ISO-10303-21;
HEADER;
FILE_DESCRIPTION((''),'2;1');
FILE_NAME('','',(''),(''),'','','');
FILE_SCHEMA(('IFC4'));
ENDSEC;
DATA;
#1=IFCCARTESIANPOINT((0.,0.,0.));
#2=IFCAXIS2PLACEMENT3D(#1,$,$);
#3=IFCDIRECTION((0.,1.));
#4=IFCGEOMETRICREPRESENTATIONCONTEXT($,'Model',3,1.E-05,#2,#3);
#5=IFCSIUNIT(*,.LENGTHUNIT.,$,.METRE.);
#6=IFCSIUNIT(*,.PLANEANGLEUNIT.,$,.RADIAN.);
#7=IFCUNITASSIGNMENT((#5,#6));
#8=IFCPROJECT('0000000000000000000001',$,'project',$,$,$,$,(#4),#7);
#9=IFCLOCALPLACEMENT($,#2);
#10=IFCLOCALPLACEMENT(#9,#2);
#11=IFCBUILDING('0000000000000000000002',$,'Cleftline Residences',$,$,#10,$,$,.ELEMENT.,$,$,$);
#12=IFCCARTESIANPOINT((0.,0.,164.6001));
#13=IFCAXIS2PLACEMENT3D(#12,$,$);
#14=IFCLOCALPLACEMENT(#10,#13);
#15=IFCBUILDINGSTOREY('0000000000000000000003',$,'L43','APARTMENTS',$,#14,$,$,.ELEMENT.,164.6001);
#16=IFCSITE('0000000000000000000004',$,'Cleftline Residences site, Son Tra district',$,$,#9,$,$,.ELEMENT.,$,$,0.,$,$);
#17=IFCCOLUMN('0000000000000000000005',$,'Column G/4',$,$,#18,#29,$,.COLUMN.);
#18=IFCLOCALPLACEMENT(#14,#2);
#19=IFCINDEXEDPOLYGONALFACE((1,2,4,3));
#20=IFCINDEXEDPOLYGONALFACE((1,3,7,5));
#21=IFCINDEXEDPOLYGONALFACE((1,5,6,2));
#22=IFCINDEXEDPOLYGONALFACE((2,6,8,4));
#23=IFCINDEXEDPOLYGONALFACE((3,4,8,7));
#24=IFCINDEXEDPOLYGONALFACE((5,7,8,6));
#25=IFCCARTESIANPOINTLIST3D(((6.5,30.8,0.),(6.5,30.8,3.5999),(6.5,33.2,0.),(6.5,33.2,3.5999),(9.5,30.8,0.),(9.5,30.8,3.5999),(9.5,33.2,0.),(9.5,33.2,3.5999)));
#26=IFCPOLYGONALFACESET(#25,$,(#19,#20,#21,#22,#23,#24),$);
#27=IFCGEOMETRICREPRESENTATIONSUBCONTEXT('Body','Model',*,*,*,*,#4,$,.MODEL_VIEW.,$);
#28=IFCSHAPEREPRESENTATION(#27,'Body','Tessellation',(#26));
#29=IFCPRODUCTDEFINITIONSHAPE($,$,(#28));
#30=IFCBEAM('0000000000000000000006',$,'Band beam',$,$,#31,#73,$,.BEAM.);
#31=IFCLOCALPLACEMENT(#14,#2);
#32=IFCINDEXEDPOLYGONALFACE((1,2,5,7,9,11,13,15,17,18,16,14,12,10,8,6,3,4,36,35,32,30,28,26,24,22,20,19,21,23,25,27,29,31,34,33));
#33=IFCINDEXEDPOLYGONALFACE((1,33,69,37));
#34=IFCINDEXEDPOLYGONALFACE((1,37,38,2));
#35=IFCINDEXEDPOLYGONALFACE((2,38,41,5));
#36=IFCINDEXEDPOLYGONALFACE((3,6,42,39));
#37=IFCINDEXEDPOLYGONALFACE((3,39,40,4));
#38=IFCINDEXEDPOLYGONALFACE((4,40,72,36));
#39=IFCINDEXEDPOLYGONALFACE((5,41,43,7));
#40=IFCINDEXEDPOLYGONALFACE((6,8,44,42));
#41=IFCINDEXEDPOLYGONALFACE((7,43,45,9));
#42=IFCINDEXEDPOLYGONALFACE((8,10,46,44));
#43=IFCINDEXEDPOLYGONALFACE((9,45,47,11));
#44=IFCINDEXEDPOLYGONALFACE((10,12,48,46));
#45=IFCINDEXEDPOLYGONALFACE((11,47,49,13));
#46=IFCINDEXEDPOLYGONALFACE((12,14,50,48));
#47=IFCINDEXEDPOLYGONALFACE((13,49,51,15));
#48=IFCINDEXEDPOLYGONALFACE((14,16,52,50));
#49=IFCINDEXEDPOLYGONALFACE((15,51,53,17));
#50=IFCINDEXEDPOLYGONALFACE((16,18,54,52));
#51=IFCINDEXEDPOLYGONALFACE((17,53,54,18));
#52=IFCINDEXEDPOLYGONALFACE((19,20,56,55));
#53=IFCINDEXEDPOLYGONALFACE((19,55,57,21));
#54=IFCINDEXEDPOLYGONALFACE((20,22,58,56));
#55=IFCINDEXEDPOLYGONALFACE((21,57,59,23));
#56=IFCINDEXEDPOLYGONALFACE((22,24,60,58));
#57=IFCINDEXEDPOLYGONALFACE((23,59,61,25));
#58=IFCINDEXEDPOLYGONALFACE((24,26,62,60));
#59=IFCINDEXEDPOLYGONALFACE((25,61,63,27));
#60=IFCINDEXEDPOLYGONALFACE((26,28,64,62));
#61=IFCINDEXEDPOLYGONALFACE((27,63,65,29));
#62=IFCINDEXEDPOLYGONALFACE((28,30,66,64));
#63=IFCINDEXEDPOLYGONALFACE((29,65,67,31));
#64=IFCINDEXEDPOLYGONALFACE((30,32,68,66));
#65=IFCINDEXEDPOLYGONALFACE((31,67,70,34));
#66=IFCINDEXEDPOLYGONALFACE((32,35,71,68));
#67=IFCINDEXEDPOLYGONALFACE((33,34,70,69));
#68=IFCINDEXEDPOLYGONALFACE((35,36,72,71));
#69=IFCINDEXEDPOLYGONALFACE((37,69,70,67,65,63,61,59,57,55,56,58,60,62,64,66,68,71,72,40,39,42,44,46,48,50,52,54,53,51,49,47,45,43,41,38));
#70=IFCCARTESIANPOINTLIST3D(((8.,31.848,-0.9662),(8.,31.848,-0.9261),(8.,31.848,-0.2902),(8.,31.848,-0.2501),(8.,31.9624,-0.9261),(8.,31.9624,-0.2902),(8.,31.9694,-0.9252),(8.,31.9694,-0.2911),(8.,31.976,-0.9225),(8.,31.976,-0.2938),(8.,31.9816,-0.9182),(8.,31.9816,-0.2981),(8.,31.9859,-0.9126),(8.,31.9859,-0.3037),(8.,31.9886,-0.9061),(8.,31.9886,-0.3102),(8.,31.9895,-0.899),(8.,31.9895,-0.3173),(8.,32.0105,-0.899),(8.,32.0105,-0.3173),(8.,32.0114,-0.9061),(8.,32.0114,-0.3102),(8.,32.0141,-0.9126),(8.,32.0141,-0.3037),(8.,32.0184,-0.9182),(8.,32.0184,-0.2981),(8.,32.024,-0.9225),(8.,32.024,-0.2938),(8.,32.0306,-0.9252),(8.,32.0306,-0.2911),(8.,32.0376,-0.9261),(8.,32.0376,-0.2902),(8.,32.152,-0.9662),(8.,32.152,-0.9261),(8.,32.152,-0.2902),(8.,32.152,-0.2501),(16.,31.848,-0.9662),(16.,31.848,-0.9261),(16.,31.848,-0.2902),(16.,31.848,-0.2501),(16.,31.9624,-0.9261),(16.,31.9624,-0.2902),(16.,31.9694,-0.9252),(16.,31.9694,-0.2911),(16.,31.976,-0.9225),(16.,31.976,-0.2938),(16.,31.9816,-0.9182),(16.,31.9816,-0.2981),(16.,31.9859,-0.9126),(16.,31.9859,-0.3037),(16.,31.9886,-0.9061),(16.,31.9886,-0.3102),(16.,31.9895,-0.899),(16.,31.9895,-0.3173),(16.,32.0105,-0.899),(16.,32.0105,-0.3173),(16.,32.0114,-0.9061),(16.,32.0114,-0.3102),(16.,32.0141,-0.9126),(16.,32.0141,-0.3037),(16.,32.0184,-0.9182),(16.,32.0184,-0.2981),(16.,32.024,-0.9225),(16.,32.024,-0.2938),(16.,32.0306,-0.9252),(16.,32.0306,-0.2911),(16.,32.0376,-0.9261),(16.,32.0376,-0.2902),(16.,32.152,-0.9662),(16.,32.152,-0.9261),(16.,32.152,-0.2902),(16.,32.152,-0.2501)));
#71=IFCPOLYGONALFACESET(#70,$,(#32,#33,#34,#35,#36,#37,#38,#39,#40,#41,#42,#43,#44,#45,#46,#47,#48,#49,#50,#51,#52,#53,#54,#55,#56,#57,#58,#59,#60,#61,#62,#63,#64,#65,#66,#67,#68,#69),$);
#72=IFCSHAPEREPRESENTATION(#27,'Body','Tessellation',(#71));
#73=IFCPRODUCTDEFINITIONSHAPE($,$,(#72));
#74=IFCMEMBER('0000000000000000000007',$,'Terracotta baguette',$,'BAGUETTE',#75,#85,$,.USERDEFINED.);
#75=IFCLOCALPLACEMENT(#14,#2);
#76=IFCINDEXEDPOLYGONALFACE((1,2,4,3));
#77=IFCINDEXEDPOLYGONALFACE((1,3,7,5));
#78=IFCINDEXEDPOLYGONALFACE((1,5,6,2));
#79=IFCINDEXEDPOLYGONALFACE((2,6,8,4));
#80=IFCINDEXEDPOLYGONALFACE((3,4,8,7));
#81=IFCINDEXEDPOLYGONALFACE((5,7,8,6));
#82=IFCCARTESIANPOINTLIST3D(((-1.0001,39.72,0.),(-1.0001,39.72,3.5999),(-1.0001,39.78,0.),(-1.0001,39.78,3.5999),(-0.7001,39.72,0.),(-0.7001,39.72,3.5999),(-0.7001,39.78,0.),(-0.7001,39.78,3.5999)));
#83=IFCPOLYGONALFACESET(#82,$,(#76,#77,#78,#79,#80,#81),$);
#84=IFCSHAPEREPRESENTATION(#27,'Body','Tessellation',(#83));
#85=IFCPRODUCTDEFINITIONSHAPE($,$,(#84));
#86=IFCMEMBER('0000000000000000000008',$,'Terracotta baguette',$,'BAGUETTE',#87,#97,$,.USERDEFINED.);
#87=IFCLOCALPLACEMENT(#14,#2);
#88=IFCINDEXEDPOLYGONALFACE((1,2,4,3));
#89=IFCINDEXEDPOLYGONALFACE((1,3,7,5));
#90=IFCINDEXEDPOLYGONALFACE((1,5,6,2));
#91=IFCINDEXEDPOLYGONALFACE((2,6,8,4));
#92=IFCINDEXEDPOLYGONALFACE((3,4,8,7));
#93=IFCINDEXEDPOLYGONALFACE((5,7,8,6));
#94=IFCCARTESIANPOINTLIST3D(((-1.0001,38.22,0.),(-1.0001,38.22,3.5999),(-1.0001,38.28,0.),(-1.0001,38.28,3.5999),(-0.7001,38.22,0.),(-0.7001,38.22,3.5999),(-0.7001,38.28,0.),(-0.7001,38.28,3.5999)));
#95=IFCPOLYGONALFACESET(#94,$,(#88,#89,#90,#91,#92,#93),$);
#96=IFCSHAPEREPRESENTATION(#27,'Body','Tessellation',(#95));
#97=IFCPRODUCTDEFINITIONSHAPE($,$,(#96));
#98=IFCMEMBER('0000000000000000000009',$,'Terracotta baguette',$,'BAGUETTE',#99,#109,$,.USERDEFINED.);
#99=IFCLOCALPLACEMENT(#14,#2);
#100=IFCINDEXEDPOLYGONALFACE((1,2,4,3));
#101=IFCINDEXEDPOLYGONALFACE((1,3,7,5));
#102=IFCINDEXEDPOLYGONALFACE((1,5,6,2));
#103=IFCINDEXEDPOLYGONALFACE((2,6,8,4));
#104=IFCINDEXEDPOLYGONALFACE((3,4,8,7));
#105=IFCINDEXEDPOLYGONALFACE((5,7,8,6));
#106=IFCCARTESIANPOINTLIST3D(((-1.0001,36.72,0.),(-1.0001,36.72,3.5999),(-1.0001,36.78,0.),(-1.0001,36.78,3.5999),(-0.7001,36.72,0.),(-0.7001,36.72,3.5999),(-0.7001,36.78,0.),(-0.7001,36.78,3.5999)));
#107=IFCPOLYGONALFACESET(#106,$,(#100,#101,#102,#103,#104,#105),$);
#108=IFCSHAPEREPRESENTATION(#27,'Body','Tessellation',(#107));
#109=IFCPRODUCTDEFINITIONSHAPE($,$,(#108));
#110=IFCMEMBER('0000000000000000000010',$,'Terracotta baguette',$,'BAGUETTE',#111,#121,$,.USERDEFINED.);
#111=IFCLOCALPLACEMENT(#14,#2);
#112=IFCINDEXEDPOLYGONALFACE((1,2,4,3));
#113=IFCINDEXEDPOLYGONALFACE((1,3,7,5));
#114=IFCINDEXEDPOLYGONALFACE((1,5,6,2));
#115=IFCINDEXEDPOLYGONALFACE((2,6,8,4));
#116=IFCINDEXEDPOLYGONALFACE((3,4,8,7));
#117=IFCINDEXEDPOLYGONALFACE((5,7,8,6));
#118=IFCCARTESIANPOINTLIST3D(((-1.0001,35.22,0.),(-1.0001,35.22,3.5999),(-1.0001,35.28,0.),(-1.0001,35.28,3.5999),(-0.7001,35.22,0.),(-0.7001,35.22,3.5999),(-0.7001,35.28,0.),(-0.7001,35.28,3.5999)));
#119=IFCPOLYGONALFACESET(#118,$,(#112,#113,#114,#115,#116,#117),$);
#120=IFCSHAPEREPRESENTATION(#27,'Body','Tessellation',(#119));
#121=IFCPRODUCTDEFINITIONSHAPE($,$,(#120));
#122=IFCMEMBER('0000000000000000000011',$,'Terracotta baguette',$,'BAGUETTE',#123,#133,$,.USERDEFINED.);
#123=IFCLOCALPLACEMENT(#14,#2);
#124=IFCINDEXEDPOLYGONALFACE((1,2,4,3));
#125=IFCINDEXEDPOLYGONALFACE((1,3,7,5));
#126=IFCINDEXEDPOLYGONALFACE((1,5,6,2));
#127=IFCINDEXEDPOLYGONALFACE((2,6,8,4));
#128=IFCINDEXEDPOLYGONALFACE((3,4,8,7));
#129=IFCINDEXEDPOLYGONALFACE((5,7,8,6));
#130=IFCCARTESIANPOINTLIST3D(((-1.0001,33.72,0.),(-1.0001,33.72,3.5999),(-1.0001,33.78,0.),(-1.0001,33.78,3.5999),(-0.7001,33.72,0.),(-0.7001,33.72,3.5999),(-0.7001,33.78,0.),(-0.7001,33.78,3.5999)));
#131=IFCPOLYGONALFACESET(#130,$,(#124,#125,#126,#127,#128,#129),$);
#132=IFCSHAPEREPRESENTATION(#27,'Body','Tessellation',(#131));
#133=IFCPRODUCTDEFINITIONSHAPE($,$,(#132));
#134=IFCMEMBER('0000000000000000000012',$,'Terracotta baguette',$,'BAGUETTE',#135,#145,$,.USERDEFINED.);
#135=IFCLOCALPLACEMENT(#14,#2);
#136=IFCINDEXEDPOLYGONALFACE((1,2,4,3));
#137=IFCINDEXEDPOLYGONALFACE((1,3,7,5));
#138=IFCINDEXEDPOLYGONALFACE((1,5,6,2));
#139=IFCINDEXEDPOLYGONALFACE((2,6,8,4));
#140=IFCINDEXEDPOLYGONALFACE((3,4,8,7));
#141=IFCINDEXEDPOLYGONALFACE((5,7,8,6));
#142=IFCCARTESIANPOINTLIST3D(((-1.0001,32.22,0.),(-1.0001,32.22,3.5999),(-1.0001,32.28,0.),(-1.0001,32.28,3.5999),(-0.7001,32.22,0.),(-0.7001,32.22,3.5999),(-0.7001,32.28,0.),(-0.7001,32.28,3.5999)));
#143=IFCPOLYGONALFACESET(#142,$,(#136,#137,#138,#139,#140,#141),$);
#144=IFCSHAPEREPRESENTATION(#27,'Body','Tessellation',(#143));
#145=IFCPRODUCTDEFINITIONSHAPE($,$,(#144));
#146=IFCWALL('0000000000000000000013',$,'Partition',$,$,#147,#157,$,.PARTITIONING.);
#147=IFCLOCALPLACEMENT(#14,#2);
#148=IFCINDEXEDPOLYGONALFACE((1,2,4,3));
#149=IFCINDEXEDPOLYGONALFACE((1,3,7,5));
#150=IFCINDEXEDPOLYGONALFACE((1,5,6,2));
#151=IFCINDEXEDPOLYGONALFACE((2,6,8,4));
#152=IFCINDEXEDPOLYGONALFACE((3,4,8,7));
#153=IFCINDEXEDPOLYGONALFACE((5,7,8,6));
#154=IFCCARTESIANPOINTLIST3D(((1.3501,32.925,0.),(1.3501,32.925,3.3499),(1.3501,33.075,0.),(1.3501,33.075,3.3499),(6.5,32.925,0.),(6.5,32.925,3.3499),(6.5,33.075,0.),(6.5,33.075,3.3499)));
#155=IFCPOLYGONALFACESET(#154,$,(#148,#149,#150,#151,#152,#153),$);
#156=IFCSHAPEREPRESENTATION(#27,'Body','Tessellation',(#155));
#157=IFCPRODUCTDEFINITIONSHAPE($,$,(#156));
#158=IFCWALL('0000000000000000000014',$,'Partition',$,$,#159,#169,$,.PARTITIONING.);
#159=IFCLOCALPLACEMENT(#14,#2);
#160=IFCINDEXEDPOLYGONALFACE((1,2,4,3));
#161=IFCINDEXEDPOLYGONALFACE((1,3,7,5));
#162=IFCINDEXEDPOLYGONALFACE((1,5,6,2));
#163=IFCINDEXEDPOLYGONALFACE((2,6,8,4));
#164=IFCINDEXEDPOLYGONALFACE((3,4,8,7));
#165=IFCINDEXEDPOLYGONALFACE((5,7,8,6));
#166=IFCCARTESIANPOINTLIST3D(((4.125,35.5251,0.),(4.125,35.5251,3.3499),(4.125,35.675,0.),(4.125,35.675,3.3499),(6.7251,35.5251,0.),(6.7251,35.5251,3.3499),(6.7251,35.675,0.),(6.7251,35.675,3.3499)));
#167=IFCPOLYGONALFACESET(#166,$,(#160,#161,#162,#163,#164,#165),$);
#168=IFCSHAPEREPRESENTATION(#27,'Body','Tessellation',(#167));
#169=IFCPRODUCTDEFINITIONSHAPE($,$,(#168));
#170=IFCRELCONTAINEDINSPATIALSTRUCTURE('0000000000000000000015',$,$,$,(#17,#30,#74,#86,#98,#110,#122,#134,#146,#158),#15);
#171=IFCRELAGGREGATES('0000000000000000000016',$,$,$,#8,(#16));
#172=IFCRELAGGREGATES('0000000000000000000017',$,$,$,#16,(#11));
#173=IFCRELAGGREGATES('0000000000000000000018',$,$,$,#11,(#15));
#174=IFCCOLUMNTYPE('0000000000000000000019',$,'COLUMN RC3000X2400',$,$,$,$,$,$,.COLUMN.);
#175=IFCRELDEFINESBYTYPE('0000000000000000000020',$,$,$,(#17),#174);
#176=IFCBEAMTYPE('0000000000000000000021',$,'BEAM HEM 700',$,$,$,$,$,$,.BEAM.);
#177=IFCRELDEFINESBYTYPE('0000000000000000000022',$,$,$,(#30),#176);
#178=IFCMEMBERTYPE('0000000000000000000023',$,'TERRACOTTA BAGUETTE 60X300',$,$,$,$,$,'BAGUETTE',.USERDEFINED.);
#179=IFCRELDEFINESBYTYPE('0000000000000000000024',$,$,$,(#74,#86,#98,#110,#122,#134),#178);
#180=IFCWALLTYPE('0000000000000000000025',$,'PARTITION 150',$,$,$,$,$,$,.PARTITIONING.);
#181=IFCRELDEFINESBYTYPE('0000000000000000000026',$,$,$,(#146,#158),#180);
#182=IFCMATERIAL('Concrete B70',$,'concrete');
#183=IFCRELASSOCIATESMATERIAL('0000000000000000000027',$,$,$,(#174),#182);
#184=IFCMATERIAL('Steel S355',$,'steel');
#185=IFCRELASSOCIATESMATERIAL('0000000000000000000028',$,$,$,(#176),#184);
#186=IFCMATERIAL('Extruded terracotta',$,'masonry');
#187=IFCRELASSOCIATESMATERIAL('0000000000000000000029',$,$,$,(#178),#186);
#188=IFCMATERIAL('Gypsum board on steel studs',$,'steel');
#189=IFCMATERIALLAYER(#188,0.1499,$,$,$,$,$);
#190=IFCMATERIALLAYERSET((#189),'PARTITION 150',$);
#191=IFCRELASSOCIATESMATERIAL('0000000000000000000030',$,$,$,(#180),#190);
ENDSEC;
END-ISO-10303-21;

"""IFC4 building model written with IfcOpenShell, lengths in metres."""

from ifc_helpers import new_model, si_unit, direction, frame, frame_2d, origin, origin_2d, place, context, subcontext, project, spatial, rectangle, i_section, extrude, material, layer, layer_set, material_profile, profile_set, type_object, element, save


model = new_model("IFC4")

# Units and contexts
model_context = context("Model", 3, precision=1e-05, world=origin(), true_north=direction((0.0, 1.0)))
body_context = subcontext(model_context, "Body", "Model", "MODEL_VIEW")
ifc_project = project(units=[si_unit("LENGTHUNIT", "METRE"), si_unit("PLANEANGLEUNIT", "RADIAN")], contexts=[model_context])

# Site, building, storey
site_placement = place(None, origin())
site = spatial("IfcSite", under=ifc_project, at=site_placement, Name="Cleftline Residences site, Son Tra district", CompositionType="ELEMENT", RefElevation=0.0)
building_placement = place(site_placement, origin())
building = spatial("IfcBuilding", under=site, at=building_placement, Name="Cleftline Residences", CompositionType="ELEMENT")
storey_placement = place(building_placement, frame((0.0, 0.0, 164.6001)))
storey = spatial("IfcBuildingStorey", under=building, at=storey_placement, Name="L43", Description="APARTMENTS", CompositionType="ELEMENT", Elevation=164.6001)

# Column
ifc_material_1 = material(Name="Concrete B70", Category="concrete")
ifc_material_profile_1 = material_profile(ifc_material_1, rectangle(XDim=3.0, YDim=2.3999, at=origin_2d()))
ifc_profile_set_1 = profile_set([ifc_material_profile_1], Name="Concrete B70")
column_type = type_object("IfcColumnType", Name="COLUMN RC3000X2400", PredefinedType="COLUMN", material=ifc_profile_set_1)
column_placement = place(storey_placement, frame((8.0, 32.0, 0.0), z_axis=(0.0, 0.0, 1.0), x_axis=(1.0, 0.0, 0.0)))
element("IfcColumn", 1, at=column_placement, inside=storey, type_object=column_type, Name="Column G/4", PredefinedType="COLUMN", context=body_context, shape_type="SweptSolid", body=[
    extrude(rectangle(XDim=3.0, YDim=2.3999, at=origin_2d()), origin(), (0.0, 0.0, 1.0), 3.5999),
])

# Beam
ifc_material_2 = material(Name="Steel S355", Category="steel")
ifc_material_profile_2 = material_profile(ifc_material_2, i_section(OverallWidth=0.304, OverallDepth=0.7161, WebThickness=0.021, FlangeThickness=0.04, FilletRadius=0.0271, at=origin_2d()))
ifc_profile_set_2 = profile_set([ifc_material_profile_2], Name="Steel S355")
beam_type = type_object("IfcBeamType", Name="BEAM HEM 700", PredefinedType="BEAM", material=ifc_profile_set_2)
beam_placement = place(storey_placement, frame((8.0, 32.0, -0.6082), z_axis=(1.0, 0.0, 0.0), x_axis=(0.0, 1.0, 0.0)))
element("IfcBeam", 2, at=beam_placement, inside=storey, type_object=beam_type, Name="Band beam", PredefinedType="BEAM", context=body_context, shape_type="SweptSolid", body=[
    extrude(i_section(OverallWidth=0.304, OverallDepth=0.7161, WebThickness=0.021, FlangeThickness=0.04, FilletRadius=0.0271, at=origin_2d()), origin(), (0.0, 0.0, 1.0), 8.0),
])

# Members
ifc_material_3 = material(Name="Extruded terracotta", Category="masonry")
ifc_material_profile_3 = material_profile(ifc_material_3, rectangle(XDim=0.0601, YDim=0.3, at=origin_2d()))
ifc_profile_set_3 = profile_set([ifc_material_profile_3], Name="Extruded terracotta")
member_type = type_object("IfcMemberType", Name="TERRACOTTA BAGUETTE 60X300", ElementType="BAGUETTE", PredefinedType="USERDEFINED", material=ifc_profile_set_3)
for number, where, z_axis, x_axis, name in (
    (3, (-0.8501, 39.75, 0.0), (0.0, 0.0, 1.0), (0.0, 1.0, 0.0), "Terracotta baguette"),
    (4, (-0.8501, 38.25, 0.0), (0.0, 0.0, 1.0), (0.0, 1.0, 0.0), "Terracotta baguette"),
    (5, (-0.8501, 36.75, 0.0), (0.0, 0.0, 1.0), (0.0, 1.0, 0.0), "Terracotta baguette"),
    (6, (-0.8501, 35.25, 0.0), (0.0, 0.0, 1.0), (0.0, 1.0, 0.0), "Terracotta baguette"),
    (7, (-0.8501, 33.75, 0.0), (0.0, 0.0, 1.0), (0.0, 1.0, 0.0), "Terracotta baguette"),
    (8, (-0.8501, 32.25, 0.0), (0.0, 0.0, 1.0), (0.0, 1.0, 0.0), "Terracotta baguette"),
):
    element("IfcMember", number, at=place(storey_placement, frame(where, z_axis=z_axis, x_axis=x_axis)), inside=storey, type_object=member_type, Name=name, ObjectType="BAGUETTE", PredefinedType="USERDEFINED", context=body_context, shape_type="SweptSolid", body=[
        extrude(rectangle(XDim=0.0601, YDim=0.3, at=origin_2d()), origin(), (0.0, 0.0, 1.0), 3.5999),
    ])

# Walls
ifc_material_4 = material(Name="Gypsum board on steel studs", Category="steel")
ifc_layer = layer(ifc_material_4, 0.1499)
ifc_layer_set = layer_set([ifc_layer], Name="PARTITION 150")
wall_type = type_object("IfcWallType", Name="PARTITION 150", PredefinedType="PARTITIONING", material=ifc_layer_set)
wall_1_placement = place(storey_placement, frame((1.3501, 33.0, 0.0), z_axis=(0.0, 0.0, 1.0), x_axis=(1.0, 0.0, 0.0)))
element("IfcWall", 9, at=wall_1_placement, inside=storey, type_object=wall_type, Name="Partition", PredefinedType="PARTITIONING", context=body_context, shape_type="SweptSolid", body=[
    extrude(rectangle(XDim=5.1499, YDim=0.1499, at=frame_2d((2.575, 0.0))), origin(), (0.0, 0.0, 1.0), 3.3499),
])
wall_2_placement = place(storey_placement, frame((4.125, 35.6001, 0.0), z_axis=(0.0, 0.0, 1.0), x_axis=(1.0, 0.0, 0.0)))
element("IfcWall", 10, at=wall_2_placement, inside=storey, type_object=wall_type, Name="Partition", PredefinedType="PARTITIONING", context=body_context, shape_type="SweptSolid", body=[
    extrude(rectangle(XDim=2.6001, YDim=0.1499, at=frame_2d((1.3, 0.0))), origin(), (0.0, 0.0, 1.0), 3.3499),
])

save(model, "model.ifc")
